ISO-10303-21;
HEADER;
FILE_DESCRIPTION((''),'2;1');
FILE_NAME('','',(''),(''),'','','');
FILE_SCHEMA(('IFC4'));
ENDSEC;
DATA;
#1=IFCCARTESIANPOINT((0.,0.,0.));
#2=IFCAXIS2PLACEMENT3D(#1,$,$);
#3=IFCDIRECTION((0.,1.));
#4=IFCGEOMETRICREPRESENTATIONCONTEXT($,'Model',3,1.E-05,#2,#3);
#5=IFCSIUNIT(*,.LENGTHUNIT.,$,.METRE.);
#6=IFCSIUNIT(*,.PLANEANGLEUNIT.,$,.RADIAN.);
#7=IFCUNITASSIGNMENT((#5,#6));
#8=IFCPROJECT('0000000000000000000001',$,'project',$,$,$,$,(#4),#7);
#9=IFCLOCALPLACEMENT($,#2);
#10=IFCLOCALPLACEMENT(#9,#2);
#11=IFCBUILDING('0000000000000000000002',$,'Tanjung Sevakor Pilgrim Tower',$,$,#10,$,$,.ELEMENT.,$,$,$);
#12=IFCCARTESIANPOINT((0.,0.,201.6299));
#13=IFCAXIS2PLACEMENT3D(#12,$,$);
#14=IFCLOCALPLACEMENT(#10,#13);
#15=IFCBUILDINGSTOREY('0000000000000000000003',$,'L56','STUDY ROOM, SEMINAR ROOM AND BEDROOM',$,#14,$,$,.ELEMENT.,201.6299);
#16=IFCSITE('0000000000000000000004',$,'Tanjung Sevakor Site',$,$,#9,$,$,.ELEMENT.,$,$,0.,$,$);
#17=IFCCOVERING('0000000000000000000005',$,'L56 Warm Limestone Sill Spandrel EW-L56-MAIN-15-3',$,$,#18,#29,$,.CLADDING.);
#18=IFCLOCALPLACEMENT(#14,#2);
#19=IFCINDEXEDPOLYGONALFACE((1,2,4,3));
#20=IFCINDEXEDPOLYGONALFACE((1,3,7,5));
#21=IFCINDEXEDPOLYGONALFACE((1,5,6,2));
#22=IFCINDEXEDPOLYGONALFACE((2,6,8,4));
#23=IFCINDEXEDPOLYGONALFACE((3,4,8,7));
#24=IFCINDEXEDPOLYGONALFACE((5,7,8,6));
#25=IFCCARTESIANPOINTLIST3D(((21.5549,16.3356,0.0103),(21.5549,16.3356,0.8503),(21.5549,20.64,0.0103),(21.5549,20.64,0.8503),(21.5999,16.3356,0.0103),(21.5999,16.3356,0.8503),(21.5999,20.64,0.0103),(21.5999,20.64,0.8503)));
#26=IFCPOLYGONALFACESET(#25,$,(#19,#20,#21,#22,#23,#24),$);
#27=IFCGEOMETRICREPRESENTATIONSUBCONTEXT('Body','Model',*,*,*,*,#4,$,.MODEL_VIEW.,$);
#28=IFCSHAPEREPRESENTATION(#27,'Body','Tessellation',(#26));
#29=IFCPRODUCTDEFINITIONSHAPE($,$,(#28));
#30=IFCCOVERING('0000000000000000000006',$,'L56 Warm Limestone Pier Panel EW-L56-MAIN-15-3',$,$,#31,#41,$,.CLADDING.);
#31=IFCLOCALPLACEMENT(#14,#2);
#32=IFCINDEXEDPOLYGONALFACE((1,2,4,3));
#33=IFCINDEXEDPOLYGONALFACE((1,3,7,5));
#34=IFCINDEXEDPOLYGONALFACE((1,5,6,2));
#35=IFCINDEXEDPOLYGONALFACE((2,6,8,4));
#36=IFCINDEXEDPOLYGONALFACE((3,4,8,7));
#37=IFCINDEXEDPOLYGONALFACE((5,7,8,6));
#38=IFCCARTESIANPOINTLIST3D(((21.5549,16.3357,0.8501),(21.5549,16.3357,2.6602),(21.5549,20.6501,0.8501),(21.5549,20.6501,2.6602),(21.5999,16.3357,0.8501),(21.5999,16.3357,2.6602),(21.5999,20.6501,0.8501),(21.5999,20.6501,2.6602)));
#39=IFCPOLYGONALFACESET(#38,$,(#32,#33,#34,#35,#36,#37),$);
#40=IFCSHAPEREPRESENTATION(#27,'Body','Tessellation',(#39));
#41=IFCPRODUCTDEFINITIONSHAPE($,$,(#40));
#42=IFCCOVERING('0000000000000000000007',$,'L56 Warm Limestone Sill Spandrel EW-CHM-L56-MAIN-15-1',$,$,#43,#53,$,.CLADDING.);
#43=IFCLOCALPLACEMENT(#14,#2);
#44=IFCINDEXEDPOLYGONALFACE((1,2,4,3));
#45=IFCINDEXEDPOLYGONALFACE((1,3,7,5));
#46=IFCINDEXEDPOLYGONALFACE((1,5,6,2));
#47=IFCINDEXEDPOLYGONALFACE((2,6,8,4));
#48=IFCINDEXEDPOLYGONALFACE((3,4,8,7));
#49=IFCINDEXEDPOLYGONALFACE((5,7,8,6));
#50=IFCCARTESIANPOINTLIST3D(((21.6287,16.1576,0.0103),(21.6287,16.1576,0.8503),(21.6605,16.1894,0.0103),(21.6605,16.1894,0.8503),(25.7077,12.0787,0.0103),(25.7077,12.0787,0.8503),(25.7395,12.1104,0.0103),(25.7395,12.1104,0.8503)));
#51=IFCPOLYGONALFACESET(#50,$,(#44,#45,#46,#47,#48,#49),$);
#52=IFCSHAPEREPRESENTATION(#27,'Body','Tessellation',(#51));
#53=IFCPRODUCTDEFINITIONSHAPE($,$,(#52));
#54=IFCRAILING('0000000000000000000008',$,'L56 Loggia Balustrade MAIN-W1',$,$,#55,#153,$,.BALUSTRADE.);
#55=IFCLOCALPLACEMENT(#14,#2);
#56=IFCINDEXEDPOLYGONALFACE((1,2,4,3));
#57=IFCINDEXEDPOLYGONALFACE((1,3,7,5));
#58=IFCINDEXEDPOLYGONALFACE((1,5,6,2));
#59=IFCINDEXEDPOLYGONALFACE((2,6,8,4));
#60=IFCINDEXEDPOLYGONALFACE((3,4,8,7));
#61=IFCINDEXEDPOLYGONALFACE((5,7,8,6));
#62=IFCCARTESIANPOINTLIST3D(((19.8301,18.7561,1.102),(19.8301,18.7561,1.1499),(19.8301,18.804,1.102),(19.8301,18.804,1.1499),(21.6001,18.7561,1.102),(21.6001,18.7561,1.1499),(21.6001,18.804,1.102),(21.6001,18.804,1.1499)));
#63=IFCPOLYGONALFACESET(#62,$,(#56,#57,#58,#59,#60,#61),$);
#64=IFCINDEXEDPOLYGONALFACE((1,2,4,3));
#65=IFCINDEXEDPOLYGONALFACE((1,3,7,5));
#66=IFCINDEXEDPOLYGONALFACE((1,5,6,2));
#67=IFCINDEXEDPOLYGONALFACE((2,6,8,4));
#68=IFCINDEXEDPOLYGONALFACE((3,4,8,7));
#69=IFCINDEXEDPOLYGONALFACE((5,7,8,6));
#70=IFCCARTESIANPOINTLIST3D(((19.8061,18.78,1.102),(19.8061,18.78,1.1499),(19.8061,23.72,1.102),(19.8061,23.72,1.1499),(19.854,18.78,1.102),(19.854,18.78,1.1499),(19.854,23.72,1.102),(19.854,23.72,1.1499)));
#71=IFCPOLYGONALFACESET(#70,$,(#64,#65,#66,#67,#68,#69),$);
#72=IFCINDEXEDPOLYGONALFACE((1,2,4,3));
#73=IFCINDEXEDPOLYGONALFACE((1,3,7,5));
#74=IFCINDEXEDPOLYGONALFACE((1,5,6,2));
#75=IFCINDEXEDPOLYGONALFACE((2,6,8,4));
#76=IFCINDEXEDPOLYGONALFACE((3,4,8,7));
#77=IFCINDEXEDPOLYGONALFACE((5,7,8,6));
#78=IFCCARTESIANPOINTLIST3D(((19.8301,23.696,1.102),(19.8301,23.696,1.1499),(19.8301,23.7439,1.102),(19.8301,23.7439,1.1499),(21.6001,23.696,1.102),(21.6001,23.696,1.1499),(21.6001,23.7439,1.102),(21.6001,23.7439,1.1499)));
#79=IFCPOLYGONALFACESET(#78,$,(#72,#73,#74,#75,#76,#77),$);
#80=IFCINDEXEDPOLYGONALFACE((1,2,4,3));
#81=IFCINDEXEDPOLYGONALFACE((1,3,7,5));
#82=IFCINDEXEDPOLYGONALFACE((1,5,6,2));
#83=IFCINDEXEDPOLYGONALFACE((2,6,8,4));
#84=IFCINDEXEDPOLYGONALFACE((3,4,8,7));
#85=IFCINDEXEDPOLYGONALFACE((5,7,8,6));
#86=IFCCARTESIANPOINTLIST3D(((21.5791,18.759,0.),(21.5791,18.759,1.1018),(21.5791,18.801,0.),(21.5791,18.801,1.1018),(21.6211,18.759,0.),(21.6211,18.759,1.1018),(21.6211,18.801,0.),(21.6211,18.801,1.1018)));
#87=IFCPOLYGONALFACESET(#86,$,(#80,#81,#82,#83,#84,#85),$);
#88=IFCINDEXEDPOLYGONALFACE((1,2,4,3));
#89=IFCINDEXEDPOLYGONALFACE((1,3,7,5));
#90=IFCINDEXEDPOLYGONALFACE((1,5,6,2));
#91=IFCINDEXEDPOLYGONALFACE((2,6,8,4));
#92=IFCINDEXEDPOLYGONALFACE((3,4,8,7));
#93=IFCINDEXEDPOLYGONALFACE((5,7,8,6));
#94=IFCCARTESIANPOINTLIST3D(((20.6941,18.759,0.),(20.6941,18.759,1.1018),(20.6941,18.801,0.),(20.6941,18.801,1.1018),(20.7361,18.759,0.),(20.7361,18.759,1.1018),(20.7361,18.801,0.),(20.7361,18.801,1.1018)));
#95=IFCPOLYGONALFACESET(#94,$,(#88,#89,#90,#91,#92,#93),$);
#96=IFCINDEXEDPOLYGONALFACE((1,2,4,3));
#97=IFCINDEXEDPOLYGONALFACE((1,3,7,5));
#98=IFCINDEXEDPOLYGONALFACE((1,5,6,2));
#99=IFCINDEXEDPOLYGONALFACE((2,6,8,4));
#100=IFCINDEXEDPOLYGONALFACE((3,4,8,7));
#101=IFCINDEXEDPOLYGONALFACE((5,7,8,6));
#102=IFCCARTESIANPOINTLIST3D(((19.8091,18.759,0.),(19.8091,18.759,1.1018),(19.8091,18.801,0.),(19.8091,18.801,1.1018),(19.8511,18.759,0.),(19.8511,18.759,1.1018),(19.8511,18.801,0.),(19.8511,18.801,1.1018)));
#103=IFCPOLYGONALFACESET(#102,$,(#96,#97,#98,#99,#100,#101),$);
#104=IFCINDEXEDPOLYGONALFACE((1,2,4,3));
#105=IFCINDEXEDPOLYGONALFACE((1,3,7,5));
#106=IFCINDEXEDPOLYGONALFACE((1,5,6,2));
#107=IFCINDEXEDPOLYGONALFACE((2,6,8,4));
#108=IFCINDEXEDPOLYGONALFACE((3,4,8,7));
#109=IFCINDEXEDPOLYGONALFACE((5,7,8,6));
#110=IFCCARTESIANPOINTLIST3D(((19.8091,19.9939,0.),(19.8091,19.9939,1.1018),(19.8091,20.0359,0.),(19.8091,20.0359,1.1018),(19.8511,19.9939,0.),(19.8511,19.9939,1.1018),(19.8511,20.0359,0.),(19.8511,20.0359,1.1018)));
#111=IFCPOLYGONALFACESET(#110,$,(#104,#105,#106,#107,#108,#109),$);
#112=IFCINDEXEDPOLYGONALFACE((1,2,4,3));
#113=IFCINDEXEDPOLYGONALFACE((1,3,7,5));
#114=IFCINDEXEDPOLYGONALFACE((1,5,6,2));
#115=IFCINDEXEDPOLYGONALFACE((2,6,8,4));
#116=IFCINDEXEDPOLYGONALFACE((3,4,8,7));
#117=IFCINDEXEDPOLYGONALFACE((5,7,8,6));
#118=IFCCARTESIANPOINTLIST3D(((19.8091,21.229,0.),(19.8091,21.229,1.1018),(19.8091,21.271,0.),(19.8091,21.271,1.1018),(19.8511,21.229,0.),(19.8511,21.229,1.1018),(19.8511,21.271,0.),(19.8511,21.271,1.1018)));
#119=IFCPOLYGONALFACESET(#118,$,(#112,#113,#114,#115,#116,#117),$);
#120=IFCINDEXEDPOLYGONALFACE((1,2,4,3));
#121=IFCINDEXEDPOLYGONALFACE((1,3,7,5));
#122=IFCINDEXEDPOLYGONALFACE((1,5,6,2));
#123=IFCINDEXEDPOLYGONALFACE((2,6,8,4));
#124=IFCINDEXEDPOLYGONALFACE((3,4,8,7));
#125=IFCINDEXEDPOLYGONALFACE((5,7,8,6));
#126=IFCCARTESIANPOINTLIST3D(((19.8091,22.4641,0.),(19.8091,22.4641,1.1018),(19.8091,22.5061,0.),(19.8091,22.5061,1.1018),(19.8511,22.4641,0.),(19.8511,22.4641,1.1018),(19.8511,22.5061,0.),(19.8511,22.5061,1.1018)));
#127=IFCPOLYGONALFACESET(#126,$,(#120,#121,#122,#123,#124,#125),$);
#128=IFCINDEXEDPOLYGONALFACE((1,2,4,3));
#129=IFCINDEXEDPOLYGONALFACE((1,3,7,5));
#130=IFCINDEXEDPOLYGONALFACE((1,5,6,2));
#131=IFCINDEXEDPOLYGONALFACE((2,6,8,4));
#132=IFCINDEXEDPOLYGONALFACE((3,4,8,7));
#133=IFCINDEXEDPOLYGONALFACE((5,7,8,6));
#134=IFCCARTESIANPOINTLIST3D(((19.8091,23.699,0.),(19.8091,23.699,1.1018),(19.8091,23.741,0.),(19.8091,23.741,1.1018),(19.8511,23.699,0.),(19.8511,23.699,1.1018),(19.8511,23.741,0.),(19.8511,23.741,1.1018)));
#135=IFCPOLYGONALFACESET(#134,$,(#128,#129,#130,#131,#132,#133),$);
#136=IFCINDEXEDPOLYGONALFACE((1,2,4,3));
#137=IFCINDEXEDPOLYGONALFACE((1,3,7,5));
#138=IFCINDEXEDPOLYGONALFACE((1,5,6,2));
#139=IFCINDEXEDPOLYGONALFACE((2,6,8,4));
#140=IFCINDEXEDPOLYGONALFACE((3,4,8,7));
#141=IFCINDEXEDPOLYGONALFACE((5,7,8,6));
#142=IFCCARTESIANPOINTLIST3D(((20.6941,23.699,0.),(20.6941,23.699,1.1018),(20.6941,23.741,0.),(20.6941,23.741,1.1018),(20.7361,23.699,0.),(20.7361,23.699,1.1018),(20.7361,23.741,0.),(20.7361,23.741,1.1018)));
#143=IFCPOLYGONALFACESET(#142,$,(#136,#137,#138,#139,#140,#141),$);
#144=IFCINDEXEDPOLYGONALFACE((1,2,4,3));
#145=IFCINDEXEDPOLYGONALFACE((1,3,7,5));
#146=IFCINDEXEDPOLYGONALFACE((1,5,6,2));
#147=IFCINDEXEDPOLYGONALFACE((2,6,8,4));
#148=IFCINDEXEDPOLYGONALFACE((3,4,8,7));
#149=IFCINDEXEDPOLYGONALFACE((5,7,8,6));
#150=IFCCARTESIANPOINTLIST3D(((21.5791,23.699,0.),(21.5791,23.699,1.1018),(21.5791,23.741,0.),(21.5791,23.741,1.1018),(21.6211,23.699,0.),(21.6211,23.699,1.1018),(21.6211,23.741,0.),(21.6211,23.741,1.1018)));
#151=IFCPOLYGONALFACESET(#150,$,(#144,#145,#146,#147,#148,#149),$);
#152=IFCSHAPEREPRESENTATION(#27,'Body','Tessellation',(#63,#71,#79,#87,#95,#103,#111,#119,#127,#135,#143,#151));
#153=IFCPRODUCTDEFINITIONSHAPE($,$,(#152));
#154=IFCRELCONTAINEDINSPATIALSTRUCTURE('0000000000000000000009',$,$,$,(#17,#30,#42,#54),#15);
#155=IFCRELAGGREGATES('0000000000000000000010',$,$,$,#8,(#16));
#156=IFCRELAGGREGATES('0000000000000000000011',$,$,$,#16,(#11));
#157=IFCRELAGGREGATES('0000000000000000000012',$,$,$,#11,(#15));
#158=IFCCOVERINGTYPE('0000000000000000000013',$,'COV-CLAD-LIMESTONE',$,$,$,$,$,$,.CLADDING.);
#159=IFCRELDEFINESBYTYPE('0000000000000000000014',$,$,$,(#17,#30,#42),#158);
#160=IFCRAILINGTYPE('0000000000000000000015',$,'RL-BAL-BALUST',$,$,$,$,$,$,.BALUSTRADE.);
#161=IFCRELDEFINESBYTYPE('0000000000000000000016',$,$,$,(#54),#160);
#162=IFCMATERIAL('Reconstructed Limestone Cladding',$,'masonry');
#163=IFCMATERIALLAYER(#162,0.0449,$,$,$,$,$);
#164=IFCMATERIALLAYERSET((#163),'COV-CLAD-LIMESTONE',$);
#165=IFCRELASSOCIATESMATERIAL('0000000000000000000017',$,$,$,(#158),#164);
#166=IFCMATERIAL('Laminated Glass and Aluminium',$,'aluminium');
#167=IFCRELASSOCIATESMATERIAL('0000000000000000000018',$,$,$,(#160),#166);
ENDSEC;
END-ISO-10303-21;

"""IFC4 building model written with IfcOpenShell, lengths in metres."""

from ifc_helpers import new_model, si_unit, direction, frame, origin, origin_2d, place, context, subcontext, project, spatial, rectangle, extrude, material, layer, layer_set, type_object, element, save


model = new_model("IFC4")

# Units and contexts
model_context = context("Model", 3, precision=1e-05, world=origin(), true_north=direction((0.0, 1.0)))
body_context = subcontext(model_context, "Body", "Model", "MODEL_VIEW")
ifc_project = project(units=[si_unit("LENGTHUNIT", "METRE"), si_unit("PLANEANGLEUNIT", "RADIAN")], contexts=[model_context])

# Site, building, storey
site_placement = place(None, origin())
site = spatial("IfcSite", under=ifc_project, at=site_placement, Name="Tanjung Sevakor Site", CompositionType="ELEMENT", RefElevation=0.0)
building_placement = place(site_placement, origin())
building = spatial("IfcBuilding", under=site, at=building_placement, Name="Tanjung Sevakor Pilgrim Tower", CompositionType="ELEMENT")
storey_placement = place(building_placement, frame((0.0, 0.0, 201.6299)))
storey = spatial("IfcBuildingStorey", under=building, at=storey_placement, Name="L56", Description="STUDY ROOM, SEMINAR ROOM AND BEDROOM", CompositionType="ELEMENT", Elevation=201.6299)

# Coverings
ifc_material_1 = material(Name="Reconstructed Limestone Cladding", Category="masonry")
ifc_layer_1 = layer(ifc_material_1, 0.0449)
ifc_layer_set_1 = layer_set([ifc_layer_1], Name="COV-CLAD-LIMESTONE")
covering_type = type_object("IfcCoveringType", Name="COV-CLAD-LIMESTONE", PredefinedType="CLADDING", material=ifc_layer_set_1)
covering_1_placement = place(storey_placement, frame((21.5774, 18.4878, 0.0103), z_axis=(0.0, 0.0, 1.0), x_axis=(0.0, -1.0, 0.0)))
element("IfcCovering", 1, at=covering_1_placement, inside=storey, type_object=covering_type, Name="L56 Warm Limestone Sill Spandrel EW-L56-MAIN-15-3", PredefinedType="CLADDING", context=body_context, shape_type="SweptSolid", body=[
    extrude(rectangle(XDim=4.3044, YDim=0.0449, at=origin_2d()), origin(), (0.0, 0.0, 1.0), 0.8401),
])
covering_2_placement = place(storey_placement, frame((21.5774, 18.4929, 0.8501), z_axis=(0.0, 0.0, 1.0), x_axis=(0.0, -1.0, 0.0)))
element("IfcCovering", 2, at=covering_2_placement, inside=storey, type_object=covering_type, Name="L56 Warm Limestone Pier Panel EW-L56-MAIN-15-3", PredefinedType="CLADDING", context=body_context, shape_type="SweptSolid", body=[
    extrude(rectangle(XDim=4.3145, YDim=0.0449, at=origin_2d()), origin(), (0.0, 0.0, 1.0), 1.8101),
])
covering_3_placement = place(storey_placement, frame((23.6841, 14.134, 0.0103), z_axis=(0.0, 0.0, 1.0), x_axis=(0.707107, -0.707107, 0.0)))
element("IfcCovering", 3, at=covering_3_placement, inside=storey, type_object=covering_type, Name="L56 Warm Limestone Sill Spandrel EW-CHM-L56-MAIN-15-1", PredefinedType="CLADDING", context=body_context, shape_type="SweptSolid", body=[
    extrude(rectangle(XDim=5.7686, YDim=0.0449, at=origin_2d()), origin(), (0.0, 0.0, 1.0), 0.8401),
])

# Railing
ifc_material_2 = material(Name="Laminated Glass and Aluminium", Category="aluminium")
railing_type = type_object("IfcRailingType", Name="RL-BAL-BALUST", PredefinedType="BALUSTRADE", material=ifc_material_2)
railing_placement = place(storey_placement, frame((21.6001, 18.78, 0.0)))
element("IfcRailing", 4, at=railing_placement, inside=storey, type_object=railing_type, Name="L56 Loggia Balustrade MAIN-W1", PredefinedType="BALUSTRADE", context=body_context, shape_type="SweptSolid", body=[
    extrude(rectangle(XDim=0.0479, YDim=0.0479), frame((0.0, 0.0, 1.126), z_axis=(-1.0, 0.0, 0.0), x_axis=(0.0, -1.0, 0.0)), (0.0, 0.0, 1.0), 1.77),
    extrude(rectangle(XDim=0.0479, YDim=0.0479), frame((-1.77, 0.0, 1.126), z_axis=(0.0, 1.0, 0.0), x_axis=(-1.0, 0.0, 0.0)), (0.0, 0.0, 1.0), 4.9399),
    extrude(rectangle(XDim=0.0479, YDim=0.0479), frame((-1.77, 4.9399, 1.126), z_axis=(1.0, 0.0, 0.0), x_axis=(0.0, 1.0, 0.0)), (0.0, 0.0, 1.0), 1.77),
    extrude(rectangle(XDim=0.042, YDim=0.042), origin(), (0.0, 0.0, 1.0), 1.1018),
    extrude(rectangle(XDim=0.042, YDim=0.042), frame((-0.885, 0.0, 0.0)), (0.0, 0.0, 1.0), 1.1018),
    extrude(rectangle(XDim=0.042, YDim=0.042), frame((-1.77, 0.0, 0.0)), (0.0, 0.0, 1.0), 1.1018),
    extrude(rectangle(XDim=0.042, YDim=0.042), frame((-1.77, 1.2349, 0.0)), (0.0, 0.0, 1.0), 1.1018),
    extrude(rectangle(XDim=0.042, YDim=0.042), frame((-1.77, 2.47, 0.0)), (0.0, 0.0, 1.0), 1.1018),
    extrude(rectangle(XDim=0.042, YDim=0.042), frame((-1.77, 3.7051, 0.0)), (0.0, 0.0, 1.0), 1.1018),
    extrude(rectangle(XDim=0.042, YDim=0.042), frame((-1.77, 4.9399, 0.0)), (0.0, 0.0, 1.0), 1.1018),
    extrude(rectangle(XDim=0.042, YDim=0.042), frame((-0.885, 4.9399, 0.0)), (0.0, 0.0, 1.0), 1.1018),
    extrude(rectangle(XDim=0.042, YDim=0.042), frame((0.0, 4.9399, 0.0)), (0.0, 0.0, 1.0), 1.1018),
])

save(model, "model.ifc")
